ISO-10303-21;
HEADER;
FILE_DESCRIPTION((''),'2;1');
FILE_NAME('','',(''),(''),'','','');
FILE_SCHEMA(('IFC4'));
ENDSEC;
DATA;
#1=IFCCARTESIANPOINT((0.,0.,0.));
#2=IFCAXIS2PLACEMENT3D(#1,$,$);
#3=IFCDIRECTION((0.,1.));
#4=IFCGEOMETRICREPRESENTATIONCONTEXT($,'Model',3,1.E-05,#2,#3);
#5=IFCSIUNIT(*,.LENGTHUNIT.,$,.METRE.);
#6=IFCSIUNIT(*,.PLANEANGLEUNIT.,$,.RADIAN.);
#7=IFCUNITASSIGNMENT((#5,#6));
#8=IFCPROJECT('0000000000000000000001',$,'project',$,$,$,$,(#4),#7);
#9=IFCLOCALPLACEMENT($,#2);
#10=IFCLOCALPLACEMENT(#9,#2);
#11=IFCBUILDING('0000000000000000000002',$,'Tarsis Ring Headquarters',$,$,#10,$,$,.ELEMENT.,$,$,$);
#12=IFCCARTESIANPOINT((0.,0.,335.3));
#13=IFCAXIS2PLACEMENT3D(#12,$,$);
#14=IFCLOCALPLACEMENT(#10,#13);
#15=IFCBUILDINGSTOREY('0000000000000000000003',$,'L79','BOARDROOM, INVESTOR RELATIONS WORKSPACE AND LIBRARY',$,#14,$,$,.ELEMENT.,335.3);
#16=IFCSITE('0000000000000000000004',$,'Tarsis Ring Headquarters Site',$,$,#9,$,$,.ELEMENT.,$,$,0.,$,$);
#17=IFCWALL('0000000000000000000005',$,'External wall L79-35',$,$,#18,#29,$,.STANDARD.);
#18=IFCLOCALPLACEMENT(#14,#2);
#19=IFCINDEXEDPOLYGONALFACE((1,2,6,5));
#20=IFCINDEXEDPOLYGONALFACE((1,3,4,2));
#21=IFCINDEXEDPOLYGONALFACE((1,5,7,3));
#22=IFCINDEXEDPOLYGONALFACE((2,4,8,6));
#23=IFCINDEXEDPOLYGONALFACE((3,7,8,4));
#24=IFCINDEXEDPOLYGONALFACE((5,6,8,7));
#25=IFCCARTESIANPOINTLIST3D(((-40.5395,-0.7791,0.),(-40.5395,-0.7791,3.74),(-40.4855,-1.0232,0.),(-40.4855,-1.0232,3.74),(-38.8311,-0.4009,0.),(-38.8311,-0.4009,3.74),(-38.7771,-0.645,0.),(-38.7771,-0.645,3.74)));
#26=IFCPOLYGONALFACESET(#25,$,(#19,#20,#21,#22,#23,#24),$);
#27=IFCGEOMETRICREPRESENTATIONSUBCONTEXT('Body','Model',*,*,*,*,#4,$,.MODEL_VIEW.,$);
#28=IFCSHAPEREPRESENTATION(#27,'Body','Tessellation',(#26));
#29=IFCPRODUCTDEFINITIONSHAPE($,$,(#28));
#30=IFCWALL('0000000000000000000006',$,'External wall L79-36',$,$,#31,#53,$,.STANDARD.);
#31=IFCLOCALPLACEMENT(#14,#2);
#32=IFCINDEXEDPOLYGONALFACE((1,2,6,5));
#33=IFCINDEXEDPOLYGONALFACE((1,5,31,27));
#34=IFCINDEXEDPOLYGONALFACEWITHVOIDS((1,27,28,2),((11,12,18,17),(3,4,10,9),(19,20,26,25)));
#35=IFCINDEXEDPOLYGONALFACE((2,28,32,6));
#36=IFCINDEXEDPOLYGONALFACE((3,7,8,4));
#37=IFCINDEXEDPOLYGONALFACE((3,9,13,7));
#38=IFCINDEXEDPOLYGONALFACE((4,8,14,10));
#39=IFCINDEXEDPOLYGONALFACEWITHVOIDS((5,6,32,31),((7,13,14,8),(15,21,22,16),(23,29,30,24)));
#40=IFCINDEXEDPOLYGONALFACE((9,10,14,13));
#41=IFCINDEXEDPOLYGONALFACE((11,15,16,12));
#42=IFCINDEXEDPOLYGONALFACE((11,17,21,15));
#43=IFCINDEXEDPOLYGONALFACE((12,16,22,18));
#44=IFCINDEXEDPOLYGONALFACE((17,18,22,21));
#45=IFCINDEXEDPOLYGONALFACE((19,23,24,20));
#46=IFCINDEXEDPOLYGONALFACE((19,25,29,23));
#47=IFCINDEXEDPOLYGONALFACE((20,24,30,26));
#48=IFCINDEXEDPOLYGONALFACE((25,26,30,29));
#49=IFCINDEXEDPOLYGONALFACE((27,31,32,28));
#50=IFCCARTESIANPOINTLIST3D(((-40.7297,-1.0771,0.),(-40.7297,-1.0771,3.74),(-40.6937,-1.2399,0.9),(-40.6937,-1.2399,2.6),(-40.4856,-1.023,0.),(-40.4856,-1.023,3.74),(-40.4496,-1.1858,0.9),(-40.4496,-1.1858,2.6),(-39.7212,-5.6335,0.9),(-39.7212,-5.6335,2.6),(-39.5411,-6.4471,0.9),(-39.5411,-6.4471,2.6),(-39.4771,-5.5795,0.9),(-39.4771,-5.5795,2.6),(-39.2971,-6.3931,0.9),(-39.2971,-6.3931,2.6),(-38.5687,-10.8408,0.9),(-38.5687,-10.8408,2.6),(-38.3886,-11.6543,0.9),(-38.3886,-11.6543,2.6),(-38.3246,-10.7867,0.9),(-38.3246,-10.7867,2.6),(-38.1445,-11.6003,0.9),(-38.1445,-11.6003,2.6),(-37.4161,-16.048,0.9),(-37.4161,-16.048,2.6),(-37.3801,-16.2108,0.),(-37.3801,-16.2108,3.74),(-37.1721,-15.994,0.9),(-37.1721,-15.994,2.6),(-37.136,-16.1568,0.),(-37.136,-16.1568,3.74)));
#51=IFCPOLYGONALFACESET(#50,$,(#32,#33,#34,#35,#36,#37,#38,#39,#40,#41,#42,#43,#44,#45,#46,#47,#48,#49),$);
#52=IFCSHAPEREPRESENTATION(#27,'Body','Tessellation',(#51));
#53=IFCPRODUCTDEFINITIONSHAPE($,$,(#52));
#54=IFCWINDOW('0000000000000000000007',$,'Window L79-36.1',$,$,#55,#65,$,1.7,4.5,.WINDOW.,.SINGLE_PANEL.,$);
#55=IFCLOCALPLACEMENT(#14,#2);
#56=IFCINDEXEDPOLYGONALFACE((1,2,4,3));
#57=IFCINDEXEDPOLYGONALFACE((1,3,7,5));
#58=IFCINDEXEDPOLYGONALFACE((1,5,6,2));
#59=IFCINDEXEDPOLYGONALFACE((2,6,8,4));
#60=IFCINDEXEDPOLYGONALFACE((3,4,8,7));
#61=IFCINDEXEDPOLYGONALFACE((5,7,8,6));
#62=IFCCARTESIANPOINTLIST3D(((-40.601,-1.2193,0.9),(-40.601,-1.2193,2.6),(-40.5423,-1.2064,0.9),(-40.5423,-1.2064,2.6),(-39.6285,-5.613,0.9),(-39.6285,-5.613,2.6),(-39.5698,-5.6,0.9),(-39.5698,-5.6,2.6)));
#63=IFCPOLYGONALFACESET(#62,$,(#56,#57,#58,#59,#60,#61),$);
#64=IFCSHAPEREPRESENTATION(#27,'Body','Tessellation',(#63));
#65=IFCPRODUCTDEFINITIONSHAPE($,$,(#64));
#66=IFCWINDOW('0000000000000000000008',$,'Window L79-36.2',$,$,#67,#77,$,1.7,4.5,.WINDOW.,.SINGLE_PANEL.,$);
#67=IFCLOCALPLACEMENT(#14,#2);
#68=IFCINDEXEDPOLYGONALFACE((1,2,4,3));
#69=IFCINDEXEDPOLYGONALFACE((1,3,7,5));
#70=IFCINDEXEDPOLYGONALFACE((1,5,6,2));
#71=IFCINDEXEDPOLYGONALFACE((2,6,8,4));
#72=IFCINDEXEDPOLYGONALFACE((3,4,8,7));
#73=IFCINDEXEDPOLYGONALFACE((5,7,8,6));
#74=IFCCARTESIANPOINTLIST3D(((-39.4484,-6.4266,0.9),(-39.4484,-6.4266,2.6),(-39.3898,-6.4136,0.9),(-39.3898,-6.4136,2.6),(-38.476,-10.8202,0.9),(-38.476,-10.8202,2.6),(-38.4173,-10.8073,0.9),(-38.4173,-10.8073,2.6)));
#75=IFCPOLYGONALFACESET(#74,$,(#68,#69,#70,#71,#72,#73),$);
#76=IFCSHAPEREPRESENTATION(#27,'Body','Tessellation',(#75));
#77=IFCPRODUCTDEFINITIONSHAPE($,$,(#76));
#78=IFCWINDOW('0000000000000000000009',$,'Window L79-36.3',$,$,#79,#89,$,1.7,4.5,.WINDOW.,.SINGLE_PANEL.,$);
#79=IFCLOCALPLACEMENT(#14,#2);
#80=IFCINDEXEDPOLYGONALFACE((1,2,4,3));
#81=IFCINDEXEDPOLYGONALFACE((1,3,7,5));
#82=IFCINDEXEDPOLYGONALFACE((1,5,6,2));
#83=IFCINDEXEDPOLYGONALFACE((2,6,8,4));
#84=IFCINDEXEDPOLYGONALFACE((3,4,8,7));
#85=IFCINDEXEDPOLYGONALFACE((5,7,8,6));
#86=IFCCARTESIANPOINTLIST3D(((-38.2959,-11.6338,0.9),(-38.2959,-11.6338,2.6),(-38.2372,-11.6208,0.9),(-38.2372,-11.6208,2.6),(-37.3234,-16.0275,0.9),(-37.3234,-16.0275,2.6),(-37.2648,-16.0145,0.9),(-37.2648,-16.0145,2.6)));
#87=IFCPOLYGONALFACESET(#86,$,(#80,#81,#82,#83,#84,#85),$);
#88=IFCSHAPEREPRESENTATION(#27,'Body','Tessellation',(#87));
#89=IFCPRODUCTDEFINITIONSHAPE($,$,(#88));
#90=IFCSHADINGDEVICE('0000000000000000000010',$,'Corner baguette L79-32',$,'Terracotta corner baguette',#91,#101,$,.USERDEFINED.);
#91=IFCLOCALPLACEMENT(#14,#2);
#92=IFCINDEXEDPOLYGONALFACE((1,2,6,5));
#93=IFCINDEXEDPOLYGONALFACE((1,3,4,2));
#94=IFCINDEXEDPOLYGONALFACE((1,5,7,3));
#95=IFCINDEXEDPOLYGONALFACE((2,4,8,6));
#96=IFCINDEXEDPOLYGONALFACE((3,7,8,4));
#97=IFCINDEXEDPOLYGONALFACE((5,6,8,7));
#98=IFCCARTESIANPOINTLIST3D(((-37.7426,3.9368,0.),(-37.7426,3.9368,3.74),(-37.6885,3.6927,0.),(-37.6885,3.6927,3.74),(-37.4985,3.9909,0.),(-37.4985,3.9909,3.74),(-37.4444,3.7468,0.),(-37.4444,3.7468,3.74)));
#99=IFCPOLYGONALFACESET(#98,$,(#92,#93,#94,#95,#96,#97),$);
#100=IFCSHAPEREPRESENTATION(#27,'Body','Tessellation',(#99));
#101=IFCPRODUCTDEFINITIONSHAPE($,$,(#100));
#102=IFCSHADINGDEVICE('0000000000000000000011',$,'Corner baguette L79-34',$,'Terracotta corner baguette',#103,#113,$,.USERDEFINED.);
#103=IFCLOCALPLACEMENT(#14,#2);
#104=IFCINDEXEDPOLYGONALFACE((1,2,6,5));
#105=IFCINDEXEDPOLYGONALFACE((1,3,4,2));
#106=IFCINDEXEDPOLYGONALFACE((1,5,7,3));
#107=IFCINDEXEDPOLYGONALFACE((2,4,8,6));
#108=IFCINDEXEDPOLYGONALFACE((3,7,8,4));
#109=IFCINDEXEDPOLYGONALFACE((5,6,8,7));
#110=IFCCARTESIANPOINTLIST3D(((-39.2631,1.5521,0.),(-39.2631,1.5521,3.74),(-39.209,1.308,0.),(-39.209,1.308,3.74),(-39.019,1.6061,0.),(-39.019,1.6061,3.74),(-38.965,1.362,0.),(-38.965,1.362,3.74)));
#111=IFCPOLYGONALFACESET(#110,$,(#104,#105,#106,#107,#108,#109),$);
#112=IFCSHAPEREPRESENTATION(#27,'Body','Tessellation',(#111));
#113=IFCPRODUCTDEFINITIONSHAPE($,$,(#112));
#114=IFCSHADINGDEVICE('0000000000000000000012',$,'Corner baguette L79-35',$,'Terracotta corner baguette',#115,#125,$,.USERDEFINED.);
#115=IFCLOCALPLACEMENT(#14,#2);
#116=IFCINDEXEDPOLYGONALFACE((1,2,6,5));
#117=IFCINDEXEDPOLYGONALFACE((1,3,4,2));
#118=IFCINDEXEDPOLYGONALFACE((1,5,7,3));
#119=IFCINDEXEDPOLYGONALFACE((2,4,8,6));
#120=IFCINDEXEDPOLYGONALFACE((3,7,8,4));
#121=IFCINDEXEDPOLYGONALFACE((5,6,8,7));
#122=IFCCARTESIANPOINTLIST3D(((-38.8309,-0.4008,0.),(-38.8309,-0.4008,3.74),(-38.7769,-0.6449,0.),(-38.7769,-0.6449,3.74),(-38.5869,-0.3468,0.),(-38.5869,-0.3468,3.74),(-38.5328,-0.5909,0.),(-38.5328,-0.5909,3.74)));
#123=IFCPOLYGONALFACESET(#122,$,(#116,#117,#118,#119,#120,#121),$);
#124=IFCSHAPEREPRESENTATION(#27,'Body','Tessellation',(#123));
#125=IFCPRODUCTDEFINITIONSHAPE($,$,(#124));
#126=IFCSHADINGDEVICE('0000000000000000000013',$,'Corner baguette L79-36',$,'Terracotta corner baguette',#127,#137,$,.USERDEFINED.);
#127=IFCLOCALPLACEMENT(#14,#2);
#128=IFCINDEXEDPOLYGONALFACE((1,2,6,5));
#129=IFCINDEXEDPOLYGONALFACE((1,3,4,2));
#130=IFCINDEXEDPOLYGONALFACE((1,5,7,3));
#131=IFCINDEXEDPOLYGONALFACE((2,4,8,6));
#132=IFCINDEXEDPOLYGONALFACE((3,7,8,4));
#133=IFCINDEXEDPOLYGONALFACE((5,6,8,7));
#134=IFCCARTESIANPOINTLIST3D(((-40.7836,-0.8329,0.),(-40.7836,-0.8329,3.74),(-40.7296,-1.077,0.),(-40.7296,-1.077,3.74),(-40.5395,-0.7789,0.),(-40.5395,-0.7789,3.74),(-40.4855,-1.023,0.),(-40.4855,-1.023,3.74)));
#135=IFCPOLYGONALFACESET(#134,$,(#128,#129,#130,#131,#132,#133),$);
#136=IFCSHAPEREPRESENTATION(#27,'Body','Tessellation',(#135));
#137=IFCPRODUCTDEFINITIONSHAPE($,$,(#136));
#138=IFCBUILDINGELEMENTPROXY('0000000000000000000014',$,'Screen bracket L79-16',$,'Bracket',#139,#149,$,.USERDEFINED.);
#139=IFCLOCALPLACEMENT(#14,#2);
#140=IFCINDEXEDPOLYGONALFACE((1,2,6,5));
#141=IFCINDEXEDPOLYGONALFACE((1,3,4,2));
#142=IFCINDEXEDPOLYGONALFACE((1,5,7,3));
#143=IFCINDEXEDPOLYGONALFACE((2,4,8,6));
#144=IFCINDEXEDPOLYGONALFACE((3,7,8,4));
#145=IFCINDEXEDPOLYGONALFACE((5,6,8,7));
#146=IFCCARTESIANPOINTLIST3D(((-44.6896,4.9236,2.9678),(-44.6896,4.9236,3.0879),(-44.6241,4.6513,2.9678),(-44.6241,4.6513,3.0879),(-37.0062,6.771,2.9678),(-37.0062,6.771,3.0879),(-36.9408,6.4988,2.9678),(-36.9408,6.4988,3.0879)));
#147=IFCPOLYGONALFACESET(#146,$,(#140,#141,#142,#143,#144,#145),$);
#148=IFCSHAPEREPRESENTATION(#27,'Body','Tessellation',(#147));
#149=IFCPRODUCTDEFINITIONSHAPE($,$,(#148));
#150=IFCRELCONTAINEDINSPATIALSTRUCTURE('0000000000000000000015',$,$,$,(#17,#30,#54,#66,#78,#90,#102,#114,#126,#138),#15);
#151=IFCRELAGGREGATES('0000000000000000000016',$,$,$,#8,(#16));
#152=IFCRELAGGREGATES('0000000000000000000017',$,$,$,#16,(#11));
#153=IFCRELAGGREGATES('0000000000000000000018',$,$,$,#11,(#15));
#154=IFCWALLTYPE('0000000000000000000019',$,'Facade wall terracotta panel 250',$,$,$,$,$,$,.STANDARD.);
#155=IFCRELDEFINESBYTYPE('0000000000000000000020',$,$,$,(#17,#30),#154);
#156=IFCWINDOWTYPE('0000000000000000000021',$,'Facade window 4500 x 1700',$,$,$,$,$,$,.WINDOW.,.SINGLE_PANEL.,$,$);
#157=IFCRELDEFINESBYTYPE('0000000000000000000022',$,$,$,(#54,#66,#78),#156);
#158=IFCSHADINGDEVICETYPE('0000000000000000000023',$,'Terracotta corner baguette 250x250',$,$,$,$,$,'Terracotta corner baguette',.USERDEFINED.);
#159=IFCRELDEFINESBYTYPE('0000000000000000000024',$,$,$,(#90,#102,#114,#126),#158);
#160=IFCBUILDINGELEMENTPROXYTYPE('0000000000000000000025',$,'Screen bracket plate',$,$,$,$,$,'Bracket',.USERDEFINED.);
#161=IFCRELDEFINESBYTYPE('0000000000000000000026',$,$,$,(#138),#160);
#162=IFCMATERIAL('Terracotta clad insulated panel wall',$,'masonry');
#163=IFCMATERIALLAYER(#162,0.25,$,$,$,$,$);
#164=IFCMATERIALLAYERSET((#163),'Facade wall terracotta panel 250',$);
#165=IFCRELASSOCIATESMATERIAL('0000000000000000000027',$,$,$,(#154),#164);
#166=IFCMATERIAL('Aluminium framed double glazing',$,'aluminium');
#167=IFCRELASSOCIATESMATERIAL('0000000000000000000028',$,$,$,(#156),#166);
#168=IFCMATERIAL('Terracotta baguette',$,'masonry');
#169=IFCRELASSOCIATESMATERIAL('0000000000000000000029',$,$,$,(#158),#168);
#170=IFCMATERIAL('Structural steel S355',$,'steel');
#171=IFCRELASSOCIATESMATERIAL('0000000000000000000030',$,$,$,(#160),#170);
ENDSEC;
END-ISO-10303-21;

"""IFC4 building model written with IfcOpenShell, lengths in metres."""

from ifc_helpers import new_model, si_unit, direction, frame, frame_2d, origin, origin_2d, place, context, subcontext, project, spatial, rectangle, extrude, material, layer, layer_set, type_object, element, fill, save


model = new_model("IFC4")

# Units and contexts
model_context = context("Model", 3, precision=1e-05, world=origin(), true_north=direction((0.0, 1.0)))
body_context = subcontext(model_context, "Body", "Model", "MODEL_VIEW")
ifc_project = project(units=[si_unit("LENGTHUNIT", "METRE"), si_unit("PLANEANGLEUNIT", "RADIAN")], contexts=[model_context])

# Site, building, storey
site_placement = place(None, origin())
site = spatial("IfcSite", under=ifc_project, at=site_placement, Name="Tarsis Ring Headquarters Site", CompositionType="ELEMENT", RefElevation=0.0)
building_placement = place(site_placement, origin())
building = spatial("IfcBuilding", under=site, at=building_placement, Name="Tarsis Ring Headquarters", CompositionType="ELEMENT")
storey_placement = place(building_placement, frame((0.0, 0.0, 335.3)))
storey = spatial("IfcBuildingStorey", under=building, at=storey_placement, Name="L79", Description="BOARDROOM, INVESTOR RELATIONS WORKSPACE AND LIBRARY", CompositionType="ELEMENT", Elevation=335.3)

# Shared definitions
ifc_material_1 = material(Name="Structural steel S355", Category="steel")

# Wall
ifc_material_2 = material(Name="Terracotta clad insulated panel wall", Category="masonry")
ifc_layer = layer(ifc_material_2, 0.25)
ifc_layer_set = layer_set([ifc_layer], Name="Facade wall terracotta panel 250")
wall_type = type_object("IfcWallType", Name="Facade wall terracotta panel 250", PredefinedType="STANDARD", material=ifc_layer_set)
wall_1_placement = place(storey_placement, frame((-38.804, -0.5229, 0.0), z_axis=(0.0, 0.0, 1.0), x_axis=(-0.976367, -0.216118, 0.0)))
element("IfcWall", 1, at=wall_1_placement, inside=storey, type_object=wall_type, Name="External wall L79-35", PredefinedType="STANDARD", context=body_context, shape_type="SweptSolid", body=[
    extrude(rectangle(XDim=1.7498, YDim=0.25, at=frame_2d((0.875, 0.0))), origin(), (0.0, 0.0, 1.0), 3.74),
])

# Wall, openings, windows
wall_2_placement = place(storey_placement, frame((-40.6077, -1.05, 0.0), z_axis=(0.0, 0.0, 1.0), x_axis=(0.216103, -0.976371, 0.0)))
wall_2 = element("IfcWall", 2, at=wall_2_placement, inside=storey, type_object=wall_type, Name="External wall L79-36", PredefinedType="STANDARD", context=body_context, shape_type="SweptSolid", body=[
    extrude(rectangle(XDim=15.5, YDim=0.25, at=frame_2d((7.75, 0.0))), origin(), (0.0, 0.0, 1.0), 3.74),
])
opening_1_placement = place(wall_2_placement, frame((0.1667, 0.0, 0.8999)))
opening_1 = element("IfcOpeningElement", 3, at=opening_1_placement, cuts=wall_2, PredefinedType="OPENING", context=body_context, shape_type="SweptSolid", body=[
    extrude(rectangle(XDim=4.5, YDim=1.7, at=frame_2d((2.25, 0.8501))), frame((0.0, 0.135, 0.0), z_axis=(0.0, -1.0, 0.0), x_axis=(1.0, 0.0, 0.0)), (0.0, 0.0, 1.0), 0.27),
])
opening_2_placement = place(wall_2_placement, frame((5.5, 0.0, 0.8999)))
opening_2 = element("IfcOpeningElement", 4, at=opening_2_placement, cuts=wall_2, PredefinedType="OPENING", context=body_context, shape_type="SweptSolid", body=[
    extrude(rectangle(XDim=4.5, YDim=1.7, at=frame_2d((2.25, 0.8501))), frame((0.0, 0.135, 0.0), z_axis=(0.0, -1.0, 0.0), x_axis=(1.0, 0.0, 0.0)), (0.0, 0.0, 1.0), 0.27),
])
opening_3_placement = place(wall_2_placement, frame((10.8333, 0.0, 0.8999)))
opening_3 = element("IfcOpeningElement", 5, at=opening_3_placement, cuts=wall_2, PredefinedType="OPENING", context=body_context, shape_type="SweptSolid", body=[
    extrude(rectangle(XDim=4.5, YDim=1.7, at=frame_2d((2.25, 0.8501))), frame((0.0, 0.135, 0.0), z_axis=(0.0, -1.0, 0.0), x_axis=(1.0, 0.0, 0.0)), (0.0, 0.0, 1.0), 0.27),
])
ifc_material_3 = material(Name="Aluminium framed double glazing", Category="aluminium")
window_type = type_object("IfcWindowType", Name="Facade window 4500 x 1700", PartitioningType="SINGLE_PANEL", PredefinedType="WINDOW", material=ifc_material_3)
window_1_placement = place(opening_1_placement, origin())
window_1 = element("IfcWindow", 6, at=window_1_placement, inside=storey, type_object=window_type, Name="Window L79-36.1", OverallHeight=1.7, OverallWidth=4.5, PartitioningType="SINGLE_PANEL", PredefinedType="WINDOW", context=body_context, shape_type="SweptSolid", body=[
    extrude(rectangle(XDim=4.5, YDim=1.7, at=frame_2d((2.25, 0.8501))), frame((0.0, 0.03, 0.0), z_axis=(0.0, -1.0, 0.0), x_axis=(1.0, 0.0, 0.0)), (0.0, 0.0, 1.0), 0.0601),
])
fill(opening_1, window_1)
window_2_placement = place(opening_2_placement, origin())
window_2 = element("IfcWindow", 7, at=window_2_placement, inside=storey, type_object=window_type, Name="Window L79-36.2", OverallHeight=1.7, OverallWidth=4.5, PartitioningType="SINGLE_PANEL", PredefinedType="WINDOW", context=body_context, shape_type="SweptSolid", body=[
    extrude(rectangle(XDim=4.5, YDim=1.7, at=frame_2d((2.25, 0.8501))), frame((0.0, 0.03, 0.0), z_axis=(0.0, -1.0, 0.0), x_axis=(1.0, 0.0, 0.0)), (0.0, 0.0, 1.0), 0.0601),
])
fill(opening_2, window_2)
window_3_placement = place(opening_3_placement, origin())
window_3 = element("IfcWindow", 8, at=window_3_placement, inside=storey, type_object=window_type, Name="Window L79-36.3", OverallHeight=1.7, OverallWidth=4.5, PartitioningType="SINGLE_PANEL", PredefinedType="WINDOW", context=body_context, shape_type="SweptSolid", body=[
    extrude(rectangle(XDim=4.5, YDim=1.7, at=frame_2d((2.25, 0.8501))), frame((0.0, 0.03, 0.0), z_axis=(0.0, -1.0, 0.0), x_axis=(1.0, 0.0, 0.0)), (0.0, 0.0, 1.0), 0.0601),
])
fill(opening_3, window_3)

# Shading devices
ifc_material_4 = material(Name="Terracotta baguette", Category="masonry")
shading_device_type_1 = type_object("IfcShadingDeviceType", Name="Terracotta corner baguette 250x250", ElementType="Terracotta corner baguette", PredefinedType="USERDEFINED", material=ifc_material_4)
for number, where, z_axis, x_axis, name in (
    (9, (-37.5935, 3.8418, 0.0), (0.0, 0.0, 1.0), (-0.976372, -0.216099, 0.0), "Corner baguette L79-32"),
    (10, (-39.114, 1.457, 0.0), (0.0, 0.0, 1.0), (-0.976371, -0.216099, 0.0), "Corner baguette L79-34"),
    (11, (-38.6819, -0.4958, 0.0), (0.0, 0.0, 1.0), (0.216099, -0.976371, 0.0), "Corner baguette L79-35"),
    (12, (-40.6345, -0.928, 0.0), (0.0, 0.0, 1.0), (-0.976372, -0.216098, 0.0), "Corner baguette L79-36"),
):
    element("IfcShadingDevice", number, at=place(storey_placement, frame(where, z_axis=z_axis, x_axis=x_axis)), inside=storey, type_object=shading_device_type_1, Name=name, ObjectType="Terracotta corner baguette", PredefinedType="USERDEFINED", context=body_context, shape_type="SweptSolid", body=[
        extrude(rectangle(XDim=0.25, YDim=0.25, at=origin_2d()), origin(), (0.0, 0.0, 1.0), 3.74),
    ])

# Building element proxy
building_element_proxy_type = type_object("IfcBuildingElementProxyType", Name="Screen bracket plate", ElementType="Bracket", PredefinedType="USERDEFINED", material=ifc_material_1)
proxy_placement = place(storey_placement, frame((-40.8152, 5.7112, 2.9678), z_axis=(0.0, 0.0, 1.0), x_axis=(-0.972288, -0.233785, 0.0)))
element("IfcBuildingElementProxy", 13, at=proxy_placement, inside=storey, type_object=building_element_proxy_type, Name="Screen bracket L79-16", ObjectType="Bracket", PredefinedType="USERDEFINED", context=body_context, shape_type="SweptSolid", body=[
    extrude(rectangle(XDim=7.9023, YDim=0.28, at=origin_2d()), origin(), (0.0, 0.0, 1.0), 0.1201),
])

save(model, "model.ifc")
